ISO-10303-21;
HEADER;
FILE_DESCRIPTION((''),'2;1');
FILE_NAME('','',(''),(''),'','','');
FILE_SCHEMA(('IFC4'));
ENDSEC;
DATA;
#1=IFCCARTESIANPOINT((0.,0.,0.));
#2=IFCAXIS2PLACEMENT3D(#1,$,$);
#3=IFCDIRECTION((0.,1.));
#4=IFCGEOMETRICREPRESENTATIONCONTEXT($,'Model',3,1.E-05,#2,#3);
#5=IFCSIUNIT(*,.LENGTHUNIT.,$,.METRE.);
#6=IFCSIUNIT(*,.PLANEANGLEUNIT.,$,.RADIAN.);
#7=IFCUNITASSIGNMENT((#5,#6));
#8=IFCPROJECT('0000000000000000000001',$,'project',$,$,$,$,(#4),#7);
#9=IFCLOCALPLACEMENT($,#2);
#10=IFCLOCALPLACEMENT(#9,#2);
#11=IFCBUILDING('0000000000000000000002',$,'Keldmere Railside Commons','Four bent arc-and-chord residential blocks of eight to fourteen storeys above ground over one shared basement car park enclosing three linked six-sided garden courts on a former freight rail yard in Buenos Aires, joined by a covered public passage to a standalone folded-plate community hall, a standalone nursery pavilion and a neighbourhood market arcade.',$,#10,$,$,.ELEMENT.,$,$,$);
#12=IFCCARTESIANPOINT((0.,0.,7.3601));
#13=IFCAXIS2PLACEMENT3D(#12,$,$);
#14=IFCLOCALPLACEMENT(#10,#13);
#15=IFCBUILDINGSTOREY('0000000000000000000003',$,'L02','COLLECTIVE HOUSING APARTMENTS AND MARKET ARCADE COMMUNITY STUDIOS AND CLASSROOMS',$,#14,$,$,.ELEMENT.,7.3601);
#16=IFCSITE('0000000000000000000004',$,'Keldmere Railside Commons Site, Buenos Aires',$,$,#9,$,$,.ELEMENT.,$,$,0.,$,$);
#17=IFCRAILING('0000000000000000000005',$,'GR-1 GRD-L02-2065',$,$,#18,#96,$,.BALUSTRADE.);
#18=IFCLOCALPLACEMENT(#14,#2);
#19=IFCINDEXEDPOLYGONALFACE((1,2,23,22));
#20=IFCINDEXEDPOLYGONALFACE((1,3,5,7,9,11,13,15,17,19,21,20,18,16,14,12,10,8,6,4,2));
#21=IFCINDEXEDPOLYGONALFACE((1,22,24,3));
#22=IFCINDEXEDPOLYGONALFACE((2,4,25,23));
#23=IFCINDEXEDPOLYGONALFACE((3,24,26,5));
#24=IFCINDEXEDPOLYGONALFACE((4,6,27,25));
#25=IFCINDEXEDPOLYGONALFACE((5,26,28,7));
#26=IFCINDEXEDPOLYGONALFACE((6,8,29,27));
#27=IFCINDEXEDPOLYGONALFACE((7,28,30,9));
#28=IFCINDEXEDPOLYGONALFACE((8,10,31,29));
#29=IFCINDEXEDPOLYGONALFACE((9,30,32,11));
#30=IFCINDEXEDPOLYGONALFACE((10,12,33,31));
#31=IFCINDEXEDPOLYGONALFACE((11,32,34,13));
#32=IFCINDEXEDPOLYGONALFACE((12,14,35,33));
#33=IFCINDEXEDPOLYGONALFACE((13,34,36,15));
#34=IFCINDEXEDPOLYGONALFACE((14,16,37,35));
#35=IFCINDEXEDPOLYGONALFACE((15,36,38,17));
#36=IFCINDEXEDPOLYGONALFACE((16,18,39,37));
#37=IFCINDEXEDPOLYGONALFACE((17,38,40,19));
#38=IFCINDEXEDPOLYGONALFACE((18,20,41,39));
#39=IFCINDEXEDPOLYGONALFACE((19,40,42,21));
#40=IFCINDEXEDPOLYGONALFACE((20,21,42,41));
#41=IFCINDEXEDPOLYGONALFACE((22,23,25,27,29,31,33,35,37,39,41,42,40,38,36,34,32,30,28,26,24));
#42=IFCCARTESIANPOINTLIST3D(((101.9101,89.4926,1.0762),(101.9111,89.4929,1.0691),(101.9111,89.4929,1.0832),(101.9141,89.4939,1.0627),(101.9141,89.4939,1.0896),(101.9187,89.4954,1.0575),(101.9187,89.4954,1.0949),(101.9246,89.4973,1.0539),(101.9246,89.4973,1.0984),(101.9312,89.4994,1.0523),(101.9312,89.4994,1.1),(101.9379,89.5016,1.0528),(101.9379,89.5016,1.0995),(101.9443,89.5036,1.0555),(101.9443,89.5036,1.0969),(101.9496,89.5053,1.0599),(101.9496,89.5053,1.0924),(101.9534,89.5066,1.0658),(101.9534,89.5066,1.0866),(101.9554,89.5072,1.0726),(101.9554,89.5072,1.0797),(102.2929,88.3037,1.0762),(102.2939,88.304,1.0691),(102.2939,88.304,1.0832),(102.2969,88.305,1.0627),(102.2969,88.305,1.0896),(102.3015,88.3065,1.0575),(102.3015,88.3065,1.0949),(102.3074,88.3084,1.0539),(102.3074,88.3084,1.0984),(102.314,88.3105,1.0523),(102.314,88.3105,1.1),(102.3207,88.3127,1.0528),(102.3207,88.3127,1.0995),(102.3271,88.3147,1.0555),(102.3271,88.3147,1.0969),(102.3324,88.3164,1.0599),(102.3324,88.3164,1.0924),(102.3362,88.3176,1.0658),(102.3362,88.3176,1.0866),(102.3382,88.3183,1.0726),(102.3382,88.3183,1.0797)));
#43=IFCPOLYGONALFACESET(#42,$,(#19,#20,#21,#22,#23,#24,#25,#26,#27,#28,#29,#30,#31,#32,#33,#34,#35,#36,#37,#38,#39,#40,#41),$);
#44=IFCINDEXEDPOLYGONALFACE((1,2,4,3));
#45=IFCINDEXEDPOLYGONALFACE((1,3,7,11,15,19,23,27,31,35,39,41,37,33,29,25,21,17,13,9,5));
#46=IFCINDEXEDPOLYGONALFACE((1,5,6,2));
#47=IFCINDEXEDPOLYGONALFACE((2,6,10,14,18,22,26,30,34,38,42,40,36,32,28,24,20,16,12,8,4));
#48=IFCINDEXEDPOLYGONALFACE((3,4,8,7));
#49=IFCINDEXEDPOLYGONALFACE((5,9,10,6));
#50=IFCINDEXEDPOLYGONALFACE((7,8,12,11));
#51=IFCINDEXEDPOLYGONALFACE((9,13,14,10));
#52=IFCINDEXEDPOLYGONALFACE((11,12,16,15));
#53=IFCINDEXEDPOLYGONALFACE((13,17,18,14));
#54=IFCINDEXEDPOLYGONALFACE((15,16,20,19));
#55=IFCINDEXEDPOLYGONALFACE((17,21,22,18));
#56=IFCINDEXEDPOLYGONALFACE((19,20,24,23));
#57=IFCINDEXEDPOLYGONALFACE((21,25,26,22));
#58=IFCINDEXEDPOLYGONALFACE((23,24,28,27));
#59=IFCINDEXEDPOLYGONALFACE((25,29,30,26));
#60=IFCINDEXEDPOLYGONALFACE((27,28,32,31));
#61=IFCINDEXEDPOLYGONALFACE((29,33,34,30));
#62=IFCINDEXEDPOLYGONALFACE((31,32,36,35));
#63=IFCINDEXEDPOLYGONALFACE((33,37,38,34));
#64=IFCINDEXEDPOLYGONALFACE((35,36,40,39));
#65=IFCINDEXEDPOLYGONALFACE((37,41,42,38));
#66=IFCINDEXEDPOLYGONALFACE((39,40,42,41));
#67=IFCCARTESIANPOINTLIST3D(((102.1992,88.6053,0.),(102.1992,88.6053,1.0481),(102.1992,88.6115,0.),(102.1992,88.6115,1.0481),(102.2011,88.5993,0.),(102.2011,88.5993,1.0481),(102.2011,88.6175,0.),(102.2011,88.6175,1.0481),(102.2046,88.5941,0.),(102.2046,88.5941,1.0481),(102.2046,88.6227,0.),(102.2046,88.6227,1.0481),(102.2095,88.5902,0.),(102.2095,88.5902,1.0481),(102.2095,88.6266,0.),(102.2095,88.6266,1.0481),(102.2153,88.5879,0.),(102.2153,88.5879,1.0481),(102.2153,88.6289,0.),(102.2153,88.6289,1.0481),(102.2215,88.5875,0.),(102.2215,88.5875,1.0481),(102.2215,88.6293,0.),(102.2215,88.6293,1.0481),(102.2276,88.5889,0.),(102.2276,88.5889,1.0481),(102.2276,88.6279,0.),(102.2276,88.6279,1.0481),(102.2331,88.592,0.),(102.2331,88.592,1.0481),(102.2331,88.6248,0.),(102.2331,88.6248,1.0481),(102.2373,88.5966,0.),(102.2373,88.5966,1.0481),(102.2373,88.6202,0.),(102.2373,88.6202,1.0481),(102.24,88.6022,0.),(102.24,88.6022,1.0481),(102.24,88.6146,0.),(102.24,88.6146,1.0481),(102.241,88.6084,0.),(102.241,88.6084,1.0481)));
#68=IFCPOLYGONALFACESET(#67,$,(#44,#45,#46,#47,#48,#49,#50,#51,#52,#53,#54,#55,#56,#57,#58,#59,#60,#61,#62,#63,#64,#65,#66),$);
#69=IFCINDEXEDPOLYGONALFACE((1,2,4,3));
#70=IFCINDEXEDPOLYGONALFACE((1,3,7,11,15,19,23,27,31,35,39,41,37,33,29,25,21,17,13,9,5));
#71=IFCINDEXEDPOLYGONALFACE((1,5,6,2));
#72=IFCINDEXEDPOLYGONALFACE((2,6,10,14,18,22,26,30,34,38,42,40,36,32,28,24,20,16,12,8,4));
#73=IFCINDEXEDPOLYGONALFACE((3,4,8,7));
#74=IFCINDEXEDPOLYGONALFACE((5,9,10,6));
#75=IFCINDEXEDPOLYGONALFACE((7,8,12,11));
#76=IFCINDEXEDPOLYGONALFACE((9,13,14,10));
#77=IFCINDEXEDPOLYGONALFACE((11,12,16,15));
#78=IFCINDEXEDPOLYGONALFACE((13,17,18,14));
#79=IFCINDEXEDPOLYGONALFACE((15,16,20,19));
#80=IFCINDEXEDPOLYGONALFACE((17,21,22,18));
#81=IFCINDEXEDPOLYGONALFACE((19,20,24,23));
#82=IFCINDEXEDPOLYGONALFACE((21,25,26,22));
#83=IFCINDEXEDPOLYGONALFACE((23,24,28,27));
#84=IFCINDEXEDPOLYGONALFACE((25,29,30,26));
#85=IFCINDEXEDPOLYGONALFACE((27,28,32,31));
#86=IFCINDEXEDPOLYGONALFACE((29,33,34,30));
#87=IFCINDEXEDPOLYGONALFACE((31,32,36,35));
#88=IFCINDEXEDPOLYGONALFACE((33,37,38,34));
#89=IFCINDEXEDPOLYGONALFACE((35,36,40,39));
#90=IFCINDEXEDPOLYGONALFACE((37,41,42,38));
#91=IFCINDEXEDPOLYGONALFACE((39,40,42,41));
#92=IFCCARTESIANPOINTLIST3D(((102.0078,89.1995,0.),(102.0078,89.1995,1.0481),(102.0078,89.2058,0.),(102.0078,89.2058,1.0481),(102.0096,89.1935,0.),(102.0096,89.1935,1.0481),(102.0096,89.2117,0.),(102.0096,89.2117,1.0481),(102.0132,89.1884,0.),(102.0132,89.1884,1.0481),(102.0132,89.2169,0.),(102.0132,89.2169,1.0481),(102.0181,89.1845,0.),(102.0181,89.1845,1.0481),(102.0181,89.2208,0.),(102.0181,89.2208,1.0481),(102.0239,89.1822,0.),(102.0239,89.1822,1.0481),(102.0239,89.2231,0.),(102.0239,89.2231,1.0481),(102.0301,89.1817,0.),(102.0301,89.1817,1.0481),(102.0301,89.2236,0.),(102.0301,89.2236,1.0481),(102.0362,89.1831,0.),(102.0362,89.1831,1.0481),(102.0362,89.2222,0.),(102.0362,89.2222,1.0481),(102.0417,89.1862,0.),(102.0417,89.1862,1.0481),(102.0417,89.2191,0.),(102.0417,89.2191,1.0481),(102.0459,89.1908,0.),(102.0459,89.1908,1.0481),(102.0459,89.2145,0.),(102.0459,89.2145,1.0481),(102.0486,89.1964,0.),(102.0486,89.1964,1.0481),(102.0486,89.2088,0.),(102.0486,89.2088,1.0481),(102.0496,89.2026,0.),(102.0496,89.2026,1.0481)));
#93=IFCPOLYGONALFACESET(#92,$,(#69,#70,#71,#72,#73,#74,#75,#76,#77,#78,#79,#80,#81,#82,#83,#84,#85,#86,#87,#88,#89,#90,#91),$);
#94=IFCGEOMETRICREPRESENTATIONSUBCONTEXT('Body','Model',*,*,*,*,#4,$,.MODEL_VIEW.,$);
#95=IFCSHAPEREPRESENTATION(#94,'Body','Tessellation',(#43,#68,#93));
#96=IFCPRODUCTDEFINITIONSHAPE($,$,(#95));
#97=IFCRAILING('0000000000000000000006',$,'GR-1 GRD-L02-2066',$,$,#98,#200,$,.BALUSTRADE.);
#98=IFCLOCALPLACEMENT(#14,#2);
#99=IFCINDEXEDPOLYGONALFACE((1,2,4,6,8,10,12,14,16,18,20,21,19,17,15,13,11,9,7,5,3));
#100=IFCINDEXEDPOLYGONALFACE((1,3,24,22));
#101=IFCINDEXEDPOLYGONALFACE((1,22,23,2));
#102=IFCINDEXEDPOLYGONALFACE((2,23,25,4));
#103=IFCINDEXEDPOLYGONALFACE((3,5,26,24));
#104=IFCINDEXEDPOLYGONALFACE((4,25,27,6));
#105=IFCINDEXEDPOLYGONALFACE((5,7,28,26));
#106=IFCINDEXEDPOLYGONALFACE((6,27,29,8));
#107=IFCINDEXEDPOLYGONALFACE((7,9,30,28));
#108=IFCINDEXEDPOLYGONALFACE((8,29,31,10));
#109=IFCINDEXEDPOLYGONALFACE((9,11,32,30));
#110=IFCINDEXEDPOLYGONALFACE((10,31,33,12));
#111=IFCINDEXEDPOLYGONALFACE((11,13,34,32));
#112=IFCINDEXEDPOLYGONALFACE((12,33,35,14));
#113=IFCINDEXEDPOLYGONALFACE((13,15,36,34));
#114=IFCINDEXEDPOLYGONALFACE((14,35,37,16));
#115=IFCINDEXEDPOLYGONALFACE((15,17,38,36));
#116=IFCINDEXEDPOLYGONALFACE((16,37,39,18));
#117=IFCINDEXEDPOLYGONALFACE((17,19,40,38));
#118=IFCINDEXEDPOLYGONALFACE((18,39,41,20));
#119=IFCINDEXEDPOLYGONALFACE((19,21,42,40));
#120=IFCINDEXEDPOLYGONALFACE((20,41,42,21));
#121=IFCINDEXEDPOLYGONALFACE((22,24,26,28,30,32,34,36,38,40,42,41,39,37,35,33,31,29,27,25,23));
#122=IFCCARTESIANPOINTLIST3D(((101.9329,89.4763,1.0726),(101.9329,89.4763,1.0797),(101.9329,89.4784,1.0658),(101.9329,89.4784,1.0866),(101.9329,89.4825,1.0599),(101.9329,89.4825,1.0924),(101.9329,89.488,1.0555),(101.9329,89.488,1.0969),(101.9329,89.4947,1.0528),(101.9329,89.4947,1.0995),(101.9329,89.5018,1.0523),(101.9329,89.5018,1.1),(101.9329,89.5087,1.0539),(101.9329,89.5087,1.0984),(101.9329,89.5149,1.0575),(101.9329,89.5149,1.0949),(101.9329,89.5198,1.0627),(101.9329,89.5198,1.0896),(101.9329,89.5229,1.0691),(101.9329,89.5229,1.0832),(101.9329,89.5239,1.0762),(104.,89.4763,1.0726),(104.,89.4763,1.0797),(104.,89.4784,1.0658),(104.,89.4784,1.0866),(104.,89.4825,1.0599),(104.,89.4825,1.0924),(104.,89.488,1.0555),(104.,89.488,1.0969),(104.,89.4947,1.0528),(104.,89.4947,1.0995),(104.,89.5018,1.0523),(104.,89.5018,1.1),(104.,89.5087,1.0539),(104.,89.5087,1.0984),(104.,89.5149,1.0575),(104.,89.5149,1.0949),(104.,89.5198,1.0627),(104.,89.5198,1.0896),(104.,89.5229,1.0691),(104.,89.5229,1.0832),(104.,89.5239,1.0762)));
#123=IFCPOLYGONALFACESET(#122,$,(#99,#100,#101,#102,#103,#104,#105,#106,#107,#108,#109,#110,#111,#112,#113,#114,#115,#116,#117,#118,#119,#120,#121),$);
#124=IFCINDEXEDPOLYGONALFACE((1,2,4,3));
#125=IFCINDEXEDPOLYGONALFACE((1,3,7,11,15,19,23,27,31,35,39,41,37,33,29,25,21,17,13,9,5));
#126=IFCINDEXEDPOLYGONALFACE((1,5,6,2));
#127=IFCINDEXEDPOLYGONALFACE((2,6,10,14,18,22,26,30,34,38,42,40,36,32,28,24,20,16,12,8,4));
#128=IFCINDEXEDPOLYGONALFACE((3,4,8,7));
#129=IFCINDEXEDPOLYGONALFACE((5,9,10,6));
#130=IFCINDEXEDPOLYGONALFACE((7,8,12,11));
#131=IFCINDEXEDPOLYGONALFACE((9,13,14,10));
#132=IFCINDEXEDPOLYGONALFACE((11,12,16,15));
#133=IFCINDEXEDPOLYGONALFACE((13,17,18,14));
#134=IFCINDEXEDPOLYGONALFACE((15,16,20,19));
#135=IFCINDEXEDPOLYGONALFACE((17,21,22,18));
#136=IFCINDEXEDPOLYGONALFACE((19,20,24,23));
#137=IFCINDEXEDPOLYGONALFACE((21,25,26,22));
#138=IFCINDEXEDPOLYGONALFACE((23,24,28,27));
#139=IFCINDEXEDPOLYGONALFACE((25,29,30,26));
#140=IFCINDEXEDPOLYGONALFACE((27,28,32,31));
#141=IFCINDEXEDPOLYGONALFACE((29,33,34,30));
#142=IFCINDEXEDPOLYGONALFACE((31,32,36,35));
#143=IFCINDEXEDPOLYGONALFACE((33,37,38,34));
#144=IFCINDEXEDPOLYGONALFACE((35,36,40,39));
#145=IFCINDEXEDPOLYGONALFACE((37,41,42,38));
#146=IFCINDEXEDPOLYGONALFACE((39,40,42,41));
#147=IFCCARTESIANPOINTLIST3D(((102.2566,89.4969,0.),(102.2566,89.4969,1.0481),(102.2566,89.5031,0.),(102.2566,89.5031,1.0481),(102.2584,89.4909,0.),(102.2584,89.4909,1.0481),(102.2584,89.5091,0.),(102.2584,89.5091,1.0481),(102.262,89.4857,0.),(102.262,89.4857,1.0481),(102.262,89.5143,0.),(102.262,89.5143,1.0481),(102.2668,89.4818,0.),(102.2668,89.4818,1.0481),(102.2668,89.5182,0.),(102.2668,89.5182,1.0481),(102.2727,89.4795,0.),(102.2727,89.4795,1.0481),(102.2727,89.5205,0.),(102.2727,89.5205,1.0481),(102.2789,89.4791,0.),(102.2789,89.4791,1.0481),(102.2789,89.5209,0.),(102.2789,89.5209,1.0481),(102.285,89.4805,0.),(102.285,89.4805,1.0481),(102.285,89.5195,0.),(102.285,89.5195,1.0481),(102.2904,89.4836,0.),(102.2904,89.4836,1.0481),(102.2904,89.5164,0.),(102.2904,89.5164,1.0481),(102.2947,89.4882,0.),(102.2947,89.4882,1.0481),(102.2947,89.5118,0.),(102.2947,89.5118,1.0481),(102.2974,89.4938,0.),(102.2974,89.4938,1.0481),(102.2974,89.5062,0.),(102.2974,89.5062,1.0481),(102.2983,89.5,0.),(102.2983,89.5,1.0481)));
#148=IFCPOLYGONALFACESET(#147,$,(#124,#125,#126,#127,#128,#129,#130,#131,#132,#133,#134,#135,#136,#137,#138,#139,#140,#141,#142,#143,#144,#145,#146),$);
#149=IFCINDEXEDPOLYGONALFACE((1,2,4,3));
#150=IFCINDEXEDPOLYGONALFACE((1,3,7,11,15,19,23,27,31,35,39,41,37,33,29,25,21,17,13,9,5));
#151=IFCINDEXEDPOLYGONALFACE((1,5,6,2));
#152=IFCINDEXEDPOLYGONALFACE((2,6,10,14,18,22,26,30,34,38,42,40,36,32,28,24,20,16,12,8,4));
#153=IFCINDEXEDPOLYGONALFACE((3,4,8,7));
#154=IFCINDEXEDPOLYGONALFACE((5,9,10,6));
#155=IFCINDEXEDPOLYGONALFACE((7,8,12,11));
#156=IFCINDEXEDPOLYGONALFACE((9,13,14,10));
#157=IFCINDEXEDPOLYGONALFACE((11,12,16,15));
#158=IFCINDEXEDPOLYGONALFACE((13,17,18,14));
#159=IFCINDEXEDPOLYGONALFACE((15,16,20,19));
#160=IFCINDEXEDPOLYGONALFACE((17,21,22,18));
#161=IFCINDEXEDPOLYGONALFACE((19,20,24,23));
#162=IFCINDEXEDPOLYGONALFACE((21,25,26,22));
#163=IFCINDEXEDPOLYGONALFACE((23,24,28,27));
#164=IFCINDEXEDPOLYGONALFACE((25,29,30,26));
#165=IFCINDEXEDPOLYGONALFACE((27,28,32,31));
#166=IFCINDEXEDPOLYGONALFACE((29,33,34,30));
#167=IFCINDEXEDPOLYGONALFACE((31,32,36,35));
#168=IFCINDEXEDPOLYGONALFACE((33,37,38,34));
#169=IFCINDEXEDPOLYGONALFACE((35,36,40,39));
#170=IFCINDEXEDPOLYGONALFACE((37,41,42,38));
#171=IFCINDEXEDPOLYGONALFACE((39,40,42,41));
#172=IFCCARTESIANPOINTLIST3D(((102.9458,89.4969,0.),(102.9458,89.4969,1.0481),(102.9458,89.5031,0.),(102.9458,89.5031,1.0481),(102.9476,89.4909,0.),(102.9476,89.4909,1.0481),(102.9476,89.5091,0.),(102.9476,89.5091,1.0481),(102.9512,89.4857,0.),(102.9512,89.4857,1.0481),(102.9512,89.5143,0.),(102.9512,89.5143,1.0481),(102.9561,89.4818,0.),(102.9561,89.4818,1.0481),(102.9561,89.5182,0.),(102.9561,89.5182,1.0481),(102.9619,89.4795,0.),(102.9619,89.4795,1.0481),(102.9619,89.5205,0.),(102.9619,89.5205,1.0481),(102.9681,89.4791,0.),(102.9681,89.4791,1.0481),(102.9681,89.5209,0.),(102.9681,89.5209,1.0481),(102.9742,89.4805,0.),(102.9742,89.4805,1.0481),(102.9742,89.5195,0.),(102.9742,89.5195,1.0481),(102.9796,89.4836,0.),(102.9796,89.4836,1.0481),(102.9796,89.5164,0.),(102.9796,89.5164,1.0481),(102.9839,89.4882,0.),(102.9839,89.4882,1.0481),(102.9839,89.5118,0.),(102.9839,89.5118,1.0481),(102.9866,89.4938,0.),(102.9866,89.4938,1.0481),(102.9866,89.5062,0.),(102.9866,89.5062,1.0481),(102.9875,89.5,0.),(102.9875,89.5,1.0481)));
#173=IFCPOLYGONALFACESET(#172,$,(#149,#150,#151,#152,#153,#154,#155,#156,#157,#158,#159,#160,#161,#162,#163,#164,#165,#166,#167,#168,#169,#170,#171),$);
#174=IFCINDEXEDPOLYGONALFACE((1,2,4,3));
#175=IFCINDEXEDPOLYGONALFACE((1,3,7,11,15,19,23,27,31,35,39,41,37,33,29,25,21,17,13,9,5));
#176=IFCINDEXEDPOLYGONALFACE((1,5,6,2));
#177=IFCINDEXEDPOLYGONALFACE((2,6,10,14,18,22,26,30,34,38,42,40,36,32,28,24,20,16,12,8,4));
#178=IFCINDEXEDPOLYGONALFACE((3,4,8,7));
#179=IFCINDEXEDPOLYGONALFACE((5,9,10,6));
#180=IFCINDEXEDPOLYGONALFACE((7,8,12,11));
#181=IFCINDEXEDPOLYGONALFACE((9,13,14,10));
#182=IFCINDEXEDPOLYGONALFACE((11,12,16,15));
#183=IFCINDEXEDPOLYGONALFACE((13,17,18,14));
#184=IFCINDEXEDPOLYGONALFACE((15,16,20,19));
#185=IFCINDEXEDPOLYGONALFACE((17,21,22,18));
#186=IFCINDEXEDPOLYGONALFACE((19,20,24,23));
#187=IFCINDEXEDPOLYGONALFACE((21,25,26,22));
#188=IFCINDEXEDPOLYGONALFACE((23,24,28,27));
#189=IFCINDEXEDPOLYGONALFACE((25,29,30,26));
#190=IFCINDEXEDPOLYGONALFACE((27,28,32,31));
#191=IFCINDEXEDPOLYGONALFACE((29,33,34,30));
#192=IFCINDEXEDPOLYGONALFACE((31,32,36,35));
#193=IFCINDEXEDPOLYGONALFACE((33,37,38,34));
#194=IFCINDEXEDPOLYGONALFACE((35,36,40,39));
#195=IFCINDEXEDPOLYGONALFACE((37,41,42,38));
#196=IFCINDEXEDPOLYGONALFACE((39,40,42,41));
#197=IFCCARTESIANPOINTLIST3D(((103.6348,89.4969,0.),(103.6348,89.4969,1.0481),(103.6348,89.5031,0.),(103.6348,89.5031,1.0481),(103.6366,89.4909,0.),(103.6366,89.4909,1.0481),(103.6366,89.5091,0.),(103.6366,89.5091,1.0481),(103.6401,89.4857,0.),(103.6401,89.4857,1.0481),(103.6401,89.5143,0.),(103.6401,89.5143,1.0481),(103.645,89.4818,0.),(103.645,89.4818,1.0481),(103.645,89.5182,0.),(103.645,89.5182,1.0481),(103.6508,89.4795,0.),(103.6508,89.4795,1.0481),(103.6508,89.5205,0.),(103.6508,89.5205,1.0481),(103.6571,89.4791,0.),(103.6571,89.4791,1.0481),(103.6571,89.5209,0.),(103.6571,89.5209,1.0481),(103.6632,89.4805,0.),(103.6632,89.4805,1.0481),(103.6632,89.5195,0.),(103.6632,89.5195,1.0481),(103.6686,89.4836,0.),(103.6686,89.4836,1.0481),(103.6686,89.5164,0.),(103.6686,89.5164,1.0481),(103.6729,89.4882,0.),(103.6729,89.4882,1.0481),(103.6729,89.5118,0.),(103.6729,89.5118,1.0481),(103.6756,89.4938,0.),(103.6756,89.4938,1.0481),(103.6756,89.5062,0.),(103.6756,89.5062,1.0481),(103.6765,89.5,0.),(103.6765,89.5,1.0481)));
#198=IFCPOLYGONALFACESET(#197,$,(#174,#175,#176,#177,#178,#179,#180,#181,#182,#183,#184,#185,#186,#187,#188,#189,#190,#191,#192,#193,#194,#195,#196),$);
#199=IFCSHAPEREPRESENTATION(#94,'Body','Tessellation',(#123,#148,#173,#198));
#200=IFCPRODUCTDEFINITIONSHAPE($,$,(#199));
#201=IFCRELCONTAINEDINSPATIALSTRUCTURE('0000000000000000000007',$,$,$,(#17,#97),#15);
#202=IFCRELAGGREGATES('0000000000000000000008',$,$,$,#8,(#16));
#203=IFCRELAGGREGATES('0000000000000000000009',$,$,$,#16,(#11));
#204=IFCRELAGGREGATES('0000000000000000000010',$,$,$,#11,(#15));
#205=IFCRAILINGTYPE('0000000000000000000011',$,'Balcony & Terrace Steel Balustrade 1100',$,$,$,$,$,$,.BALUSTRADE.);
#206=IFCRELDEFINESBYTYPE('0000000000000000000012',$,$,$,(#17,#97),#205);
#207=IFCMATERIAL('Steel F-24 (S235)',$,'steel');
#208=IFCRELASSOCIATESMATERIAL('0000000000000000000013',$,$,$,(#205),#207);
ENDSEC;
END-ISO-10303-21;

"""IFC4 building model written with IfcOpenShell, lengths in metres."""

from ifc_helpers import new_model, si_unit, direction, frame, origin, origin_2d, place, context, subcontext, project, spatial, circle, extrude, material, type_object, element, save


model = new_model("IFC4")

# Units and contexts
model_context = context("Model", 3, precision=1e-05, world=origin(), true_north=direction((0.0, 1.0)))
body_context = subcontext(model_context, "Body", "Model", "MODEL_VIEW")
ifc_project = project(units=[si_unit("LENGTHUNIT", "METRE"), si_unit("PLANEANGLEUNIT", "RADIAN")], contexts=[model_context])

# Site, building, storey
site_placement = place(None, origin())
site = spatial("IfcSite", under=ifc_project, at=site_placement, Name="Keldmere Railside Commons Site, Buenos Aires", CompositionType="ELEMENT", RefElevation=0.0)
building_placement = place(site_placement, origin())
building = spatial("IfcBuilding", under=site, at=building_placement, Name="Keldmere Railside Commons", Description="Four bent arc-and-chord residential blocks of eight to fourteen storeys above ground over one shared basement car park enclosing three linked six-sided garden courts on a former freight rail yard in Buenos Aires, joined by a covered public passage to a standalone folded-plate community hall, a standalone nursery pavilion and a neighbourhood market arcade.", CompositionType="ELEMENT")
storey_placement = place(building_placement, frame((0.0, 0.0, 7.3601)))
storey = spatial("IfcBuildingStorey", under=building, at=storey_placement, Name="L02", Description="COLLECTIVE HOUSING APARTMENTS AND MARKET ARCADE COMMUNITY STUDIOS AND CLASSROOMS", CompositionType="ELEMENT", Elevation=7.3601)

# Railings
ifc_material_1 = material(Name="Steel F-24 (S235)", Category="steel")
railing_type = type_object("IfcRailingType", Name="Balcony & Terrace Steel Balustrade 1100", PredefinedType="BALUSTRADE", material=ifc_material_1)
railing_1_placement = place(storey_placement, frame((102.3157, 88.311, 0.0)))
element("IfcRailing", 1, at=railing_1_placement, inside=storey, type_object=railing_type, Name="GR-1 GRD-L02-2065", PredefinedType="BALUSTRADE", context=body_context, shape_type="SweptSolid", body=[
    extrude(circle(Radius=0.0239, at=origin_2d()), frame((0.0, 0.0, 1.0762), z_axis=(-0.306477, 0.951878, 0.0), x_axis=(-0.951878, -0.306477, 0.0)), (0.0, 0.0, 1.0), 1.249),
    extrude(circle(Radius=0.021, at=origin_2d()), frame((-0.0957, 0.2974, 0.0)), (0.0, 0.0, 1.0), 1.0481),
    extrude(circle(Radius=0.021, at=origin_2d()), frame((-0.2871, 0.8916, 0.0)), (0.0, 0.0, 1.0), 1.0481),
])
railing_2_placement = place(storey_placement, frame((101.9329, 89.5, 0.0)))
element("IfcRailing", 2, at=railing_2_placement, inside=storey, type_object=railing_type, Name="GR-1 GRD-L02-2066", PredefinedType="BALUSTRADE", context=body_context, shape_type="SweptSolid", body=[
    extrude(circle(Radius=0.0239, at=origin_2d()), frame((0.0, 0.0, 1.0762), z_axis=(1.0, 0.0, 0.0), x_axis=(0.0, 1.0, 0.0)), (0.0, 0.0, 1.0), 2.0671),
    extrude(circle(Radius=0.021, at=origin_2d()), frame((0.3445, 0.0, 0.0)), (0.0, 0.0, 1.0), 1.0481),
    extrude(circle(Radius=0.021, at=origin_2d()), frame((1.0337, 0.0, 0.0)), (0.0, 0.0, 1.0), 1.0481),
    extrude(circle(Radius=0.021, at=origin_2d()), frame((1.7227, 0.0, 0.0)), (0.0, 0.0, 1.0), 1.0481),
])

save(model, "model.ifc")
